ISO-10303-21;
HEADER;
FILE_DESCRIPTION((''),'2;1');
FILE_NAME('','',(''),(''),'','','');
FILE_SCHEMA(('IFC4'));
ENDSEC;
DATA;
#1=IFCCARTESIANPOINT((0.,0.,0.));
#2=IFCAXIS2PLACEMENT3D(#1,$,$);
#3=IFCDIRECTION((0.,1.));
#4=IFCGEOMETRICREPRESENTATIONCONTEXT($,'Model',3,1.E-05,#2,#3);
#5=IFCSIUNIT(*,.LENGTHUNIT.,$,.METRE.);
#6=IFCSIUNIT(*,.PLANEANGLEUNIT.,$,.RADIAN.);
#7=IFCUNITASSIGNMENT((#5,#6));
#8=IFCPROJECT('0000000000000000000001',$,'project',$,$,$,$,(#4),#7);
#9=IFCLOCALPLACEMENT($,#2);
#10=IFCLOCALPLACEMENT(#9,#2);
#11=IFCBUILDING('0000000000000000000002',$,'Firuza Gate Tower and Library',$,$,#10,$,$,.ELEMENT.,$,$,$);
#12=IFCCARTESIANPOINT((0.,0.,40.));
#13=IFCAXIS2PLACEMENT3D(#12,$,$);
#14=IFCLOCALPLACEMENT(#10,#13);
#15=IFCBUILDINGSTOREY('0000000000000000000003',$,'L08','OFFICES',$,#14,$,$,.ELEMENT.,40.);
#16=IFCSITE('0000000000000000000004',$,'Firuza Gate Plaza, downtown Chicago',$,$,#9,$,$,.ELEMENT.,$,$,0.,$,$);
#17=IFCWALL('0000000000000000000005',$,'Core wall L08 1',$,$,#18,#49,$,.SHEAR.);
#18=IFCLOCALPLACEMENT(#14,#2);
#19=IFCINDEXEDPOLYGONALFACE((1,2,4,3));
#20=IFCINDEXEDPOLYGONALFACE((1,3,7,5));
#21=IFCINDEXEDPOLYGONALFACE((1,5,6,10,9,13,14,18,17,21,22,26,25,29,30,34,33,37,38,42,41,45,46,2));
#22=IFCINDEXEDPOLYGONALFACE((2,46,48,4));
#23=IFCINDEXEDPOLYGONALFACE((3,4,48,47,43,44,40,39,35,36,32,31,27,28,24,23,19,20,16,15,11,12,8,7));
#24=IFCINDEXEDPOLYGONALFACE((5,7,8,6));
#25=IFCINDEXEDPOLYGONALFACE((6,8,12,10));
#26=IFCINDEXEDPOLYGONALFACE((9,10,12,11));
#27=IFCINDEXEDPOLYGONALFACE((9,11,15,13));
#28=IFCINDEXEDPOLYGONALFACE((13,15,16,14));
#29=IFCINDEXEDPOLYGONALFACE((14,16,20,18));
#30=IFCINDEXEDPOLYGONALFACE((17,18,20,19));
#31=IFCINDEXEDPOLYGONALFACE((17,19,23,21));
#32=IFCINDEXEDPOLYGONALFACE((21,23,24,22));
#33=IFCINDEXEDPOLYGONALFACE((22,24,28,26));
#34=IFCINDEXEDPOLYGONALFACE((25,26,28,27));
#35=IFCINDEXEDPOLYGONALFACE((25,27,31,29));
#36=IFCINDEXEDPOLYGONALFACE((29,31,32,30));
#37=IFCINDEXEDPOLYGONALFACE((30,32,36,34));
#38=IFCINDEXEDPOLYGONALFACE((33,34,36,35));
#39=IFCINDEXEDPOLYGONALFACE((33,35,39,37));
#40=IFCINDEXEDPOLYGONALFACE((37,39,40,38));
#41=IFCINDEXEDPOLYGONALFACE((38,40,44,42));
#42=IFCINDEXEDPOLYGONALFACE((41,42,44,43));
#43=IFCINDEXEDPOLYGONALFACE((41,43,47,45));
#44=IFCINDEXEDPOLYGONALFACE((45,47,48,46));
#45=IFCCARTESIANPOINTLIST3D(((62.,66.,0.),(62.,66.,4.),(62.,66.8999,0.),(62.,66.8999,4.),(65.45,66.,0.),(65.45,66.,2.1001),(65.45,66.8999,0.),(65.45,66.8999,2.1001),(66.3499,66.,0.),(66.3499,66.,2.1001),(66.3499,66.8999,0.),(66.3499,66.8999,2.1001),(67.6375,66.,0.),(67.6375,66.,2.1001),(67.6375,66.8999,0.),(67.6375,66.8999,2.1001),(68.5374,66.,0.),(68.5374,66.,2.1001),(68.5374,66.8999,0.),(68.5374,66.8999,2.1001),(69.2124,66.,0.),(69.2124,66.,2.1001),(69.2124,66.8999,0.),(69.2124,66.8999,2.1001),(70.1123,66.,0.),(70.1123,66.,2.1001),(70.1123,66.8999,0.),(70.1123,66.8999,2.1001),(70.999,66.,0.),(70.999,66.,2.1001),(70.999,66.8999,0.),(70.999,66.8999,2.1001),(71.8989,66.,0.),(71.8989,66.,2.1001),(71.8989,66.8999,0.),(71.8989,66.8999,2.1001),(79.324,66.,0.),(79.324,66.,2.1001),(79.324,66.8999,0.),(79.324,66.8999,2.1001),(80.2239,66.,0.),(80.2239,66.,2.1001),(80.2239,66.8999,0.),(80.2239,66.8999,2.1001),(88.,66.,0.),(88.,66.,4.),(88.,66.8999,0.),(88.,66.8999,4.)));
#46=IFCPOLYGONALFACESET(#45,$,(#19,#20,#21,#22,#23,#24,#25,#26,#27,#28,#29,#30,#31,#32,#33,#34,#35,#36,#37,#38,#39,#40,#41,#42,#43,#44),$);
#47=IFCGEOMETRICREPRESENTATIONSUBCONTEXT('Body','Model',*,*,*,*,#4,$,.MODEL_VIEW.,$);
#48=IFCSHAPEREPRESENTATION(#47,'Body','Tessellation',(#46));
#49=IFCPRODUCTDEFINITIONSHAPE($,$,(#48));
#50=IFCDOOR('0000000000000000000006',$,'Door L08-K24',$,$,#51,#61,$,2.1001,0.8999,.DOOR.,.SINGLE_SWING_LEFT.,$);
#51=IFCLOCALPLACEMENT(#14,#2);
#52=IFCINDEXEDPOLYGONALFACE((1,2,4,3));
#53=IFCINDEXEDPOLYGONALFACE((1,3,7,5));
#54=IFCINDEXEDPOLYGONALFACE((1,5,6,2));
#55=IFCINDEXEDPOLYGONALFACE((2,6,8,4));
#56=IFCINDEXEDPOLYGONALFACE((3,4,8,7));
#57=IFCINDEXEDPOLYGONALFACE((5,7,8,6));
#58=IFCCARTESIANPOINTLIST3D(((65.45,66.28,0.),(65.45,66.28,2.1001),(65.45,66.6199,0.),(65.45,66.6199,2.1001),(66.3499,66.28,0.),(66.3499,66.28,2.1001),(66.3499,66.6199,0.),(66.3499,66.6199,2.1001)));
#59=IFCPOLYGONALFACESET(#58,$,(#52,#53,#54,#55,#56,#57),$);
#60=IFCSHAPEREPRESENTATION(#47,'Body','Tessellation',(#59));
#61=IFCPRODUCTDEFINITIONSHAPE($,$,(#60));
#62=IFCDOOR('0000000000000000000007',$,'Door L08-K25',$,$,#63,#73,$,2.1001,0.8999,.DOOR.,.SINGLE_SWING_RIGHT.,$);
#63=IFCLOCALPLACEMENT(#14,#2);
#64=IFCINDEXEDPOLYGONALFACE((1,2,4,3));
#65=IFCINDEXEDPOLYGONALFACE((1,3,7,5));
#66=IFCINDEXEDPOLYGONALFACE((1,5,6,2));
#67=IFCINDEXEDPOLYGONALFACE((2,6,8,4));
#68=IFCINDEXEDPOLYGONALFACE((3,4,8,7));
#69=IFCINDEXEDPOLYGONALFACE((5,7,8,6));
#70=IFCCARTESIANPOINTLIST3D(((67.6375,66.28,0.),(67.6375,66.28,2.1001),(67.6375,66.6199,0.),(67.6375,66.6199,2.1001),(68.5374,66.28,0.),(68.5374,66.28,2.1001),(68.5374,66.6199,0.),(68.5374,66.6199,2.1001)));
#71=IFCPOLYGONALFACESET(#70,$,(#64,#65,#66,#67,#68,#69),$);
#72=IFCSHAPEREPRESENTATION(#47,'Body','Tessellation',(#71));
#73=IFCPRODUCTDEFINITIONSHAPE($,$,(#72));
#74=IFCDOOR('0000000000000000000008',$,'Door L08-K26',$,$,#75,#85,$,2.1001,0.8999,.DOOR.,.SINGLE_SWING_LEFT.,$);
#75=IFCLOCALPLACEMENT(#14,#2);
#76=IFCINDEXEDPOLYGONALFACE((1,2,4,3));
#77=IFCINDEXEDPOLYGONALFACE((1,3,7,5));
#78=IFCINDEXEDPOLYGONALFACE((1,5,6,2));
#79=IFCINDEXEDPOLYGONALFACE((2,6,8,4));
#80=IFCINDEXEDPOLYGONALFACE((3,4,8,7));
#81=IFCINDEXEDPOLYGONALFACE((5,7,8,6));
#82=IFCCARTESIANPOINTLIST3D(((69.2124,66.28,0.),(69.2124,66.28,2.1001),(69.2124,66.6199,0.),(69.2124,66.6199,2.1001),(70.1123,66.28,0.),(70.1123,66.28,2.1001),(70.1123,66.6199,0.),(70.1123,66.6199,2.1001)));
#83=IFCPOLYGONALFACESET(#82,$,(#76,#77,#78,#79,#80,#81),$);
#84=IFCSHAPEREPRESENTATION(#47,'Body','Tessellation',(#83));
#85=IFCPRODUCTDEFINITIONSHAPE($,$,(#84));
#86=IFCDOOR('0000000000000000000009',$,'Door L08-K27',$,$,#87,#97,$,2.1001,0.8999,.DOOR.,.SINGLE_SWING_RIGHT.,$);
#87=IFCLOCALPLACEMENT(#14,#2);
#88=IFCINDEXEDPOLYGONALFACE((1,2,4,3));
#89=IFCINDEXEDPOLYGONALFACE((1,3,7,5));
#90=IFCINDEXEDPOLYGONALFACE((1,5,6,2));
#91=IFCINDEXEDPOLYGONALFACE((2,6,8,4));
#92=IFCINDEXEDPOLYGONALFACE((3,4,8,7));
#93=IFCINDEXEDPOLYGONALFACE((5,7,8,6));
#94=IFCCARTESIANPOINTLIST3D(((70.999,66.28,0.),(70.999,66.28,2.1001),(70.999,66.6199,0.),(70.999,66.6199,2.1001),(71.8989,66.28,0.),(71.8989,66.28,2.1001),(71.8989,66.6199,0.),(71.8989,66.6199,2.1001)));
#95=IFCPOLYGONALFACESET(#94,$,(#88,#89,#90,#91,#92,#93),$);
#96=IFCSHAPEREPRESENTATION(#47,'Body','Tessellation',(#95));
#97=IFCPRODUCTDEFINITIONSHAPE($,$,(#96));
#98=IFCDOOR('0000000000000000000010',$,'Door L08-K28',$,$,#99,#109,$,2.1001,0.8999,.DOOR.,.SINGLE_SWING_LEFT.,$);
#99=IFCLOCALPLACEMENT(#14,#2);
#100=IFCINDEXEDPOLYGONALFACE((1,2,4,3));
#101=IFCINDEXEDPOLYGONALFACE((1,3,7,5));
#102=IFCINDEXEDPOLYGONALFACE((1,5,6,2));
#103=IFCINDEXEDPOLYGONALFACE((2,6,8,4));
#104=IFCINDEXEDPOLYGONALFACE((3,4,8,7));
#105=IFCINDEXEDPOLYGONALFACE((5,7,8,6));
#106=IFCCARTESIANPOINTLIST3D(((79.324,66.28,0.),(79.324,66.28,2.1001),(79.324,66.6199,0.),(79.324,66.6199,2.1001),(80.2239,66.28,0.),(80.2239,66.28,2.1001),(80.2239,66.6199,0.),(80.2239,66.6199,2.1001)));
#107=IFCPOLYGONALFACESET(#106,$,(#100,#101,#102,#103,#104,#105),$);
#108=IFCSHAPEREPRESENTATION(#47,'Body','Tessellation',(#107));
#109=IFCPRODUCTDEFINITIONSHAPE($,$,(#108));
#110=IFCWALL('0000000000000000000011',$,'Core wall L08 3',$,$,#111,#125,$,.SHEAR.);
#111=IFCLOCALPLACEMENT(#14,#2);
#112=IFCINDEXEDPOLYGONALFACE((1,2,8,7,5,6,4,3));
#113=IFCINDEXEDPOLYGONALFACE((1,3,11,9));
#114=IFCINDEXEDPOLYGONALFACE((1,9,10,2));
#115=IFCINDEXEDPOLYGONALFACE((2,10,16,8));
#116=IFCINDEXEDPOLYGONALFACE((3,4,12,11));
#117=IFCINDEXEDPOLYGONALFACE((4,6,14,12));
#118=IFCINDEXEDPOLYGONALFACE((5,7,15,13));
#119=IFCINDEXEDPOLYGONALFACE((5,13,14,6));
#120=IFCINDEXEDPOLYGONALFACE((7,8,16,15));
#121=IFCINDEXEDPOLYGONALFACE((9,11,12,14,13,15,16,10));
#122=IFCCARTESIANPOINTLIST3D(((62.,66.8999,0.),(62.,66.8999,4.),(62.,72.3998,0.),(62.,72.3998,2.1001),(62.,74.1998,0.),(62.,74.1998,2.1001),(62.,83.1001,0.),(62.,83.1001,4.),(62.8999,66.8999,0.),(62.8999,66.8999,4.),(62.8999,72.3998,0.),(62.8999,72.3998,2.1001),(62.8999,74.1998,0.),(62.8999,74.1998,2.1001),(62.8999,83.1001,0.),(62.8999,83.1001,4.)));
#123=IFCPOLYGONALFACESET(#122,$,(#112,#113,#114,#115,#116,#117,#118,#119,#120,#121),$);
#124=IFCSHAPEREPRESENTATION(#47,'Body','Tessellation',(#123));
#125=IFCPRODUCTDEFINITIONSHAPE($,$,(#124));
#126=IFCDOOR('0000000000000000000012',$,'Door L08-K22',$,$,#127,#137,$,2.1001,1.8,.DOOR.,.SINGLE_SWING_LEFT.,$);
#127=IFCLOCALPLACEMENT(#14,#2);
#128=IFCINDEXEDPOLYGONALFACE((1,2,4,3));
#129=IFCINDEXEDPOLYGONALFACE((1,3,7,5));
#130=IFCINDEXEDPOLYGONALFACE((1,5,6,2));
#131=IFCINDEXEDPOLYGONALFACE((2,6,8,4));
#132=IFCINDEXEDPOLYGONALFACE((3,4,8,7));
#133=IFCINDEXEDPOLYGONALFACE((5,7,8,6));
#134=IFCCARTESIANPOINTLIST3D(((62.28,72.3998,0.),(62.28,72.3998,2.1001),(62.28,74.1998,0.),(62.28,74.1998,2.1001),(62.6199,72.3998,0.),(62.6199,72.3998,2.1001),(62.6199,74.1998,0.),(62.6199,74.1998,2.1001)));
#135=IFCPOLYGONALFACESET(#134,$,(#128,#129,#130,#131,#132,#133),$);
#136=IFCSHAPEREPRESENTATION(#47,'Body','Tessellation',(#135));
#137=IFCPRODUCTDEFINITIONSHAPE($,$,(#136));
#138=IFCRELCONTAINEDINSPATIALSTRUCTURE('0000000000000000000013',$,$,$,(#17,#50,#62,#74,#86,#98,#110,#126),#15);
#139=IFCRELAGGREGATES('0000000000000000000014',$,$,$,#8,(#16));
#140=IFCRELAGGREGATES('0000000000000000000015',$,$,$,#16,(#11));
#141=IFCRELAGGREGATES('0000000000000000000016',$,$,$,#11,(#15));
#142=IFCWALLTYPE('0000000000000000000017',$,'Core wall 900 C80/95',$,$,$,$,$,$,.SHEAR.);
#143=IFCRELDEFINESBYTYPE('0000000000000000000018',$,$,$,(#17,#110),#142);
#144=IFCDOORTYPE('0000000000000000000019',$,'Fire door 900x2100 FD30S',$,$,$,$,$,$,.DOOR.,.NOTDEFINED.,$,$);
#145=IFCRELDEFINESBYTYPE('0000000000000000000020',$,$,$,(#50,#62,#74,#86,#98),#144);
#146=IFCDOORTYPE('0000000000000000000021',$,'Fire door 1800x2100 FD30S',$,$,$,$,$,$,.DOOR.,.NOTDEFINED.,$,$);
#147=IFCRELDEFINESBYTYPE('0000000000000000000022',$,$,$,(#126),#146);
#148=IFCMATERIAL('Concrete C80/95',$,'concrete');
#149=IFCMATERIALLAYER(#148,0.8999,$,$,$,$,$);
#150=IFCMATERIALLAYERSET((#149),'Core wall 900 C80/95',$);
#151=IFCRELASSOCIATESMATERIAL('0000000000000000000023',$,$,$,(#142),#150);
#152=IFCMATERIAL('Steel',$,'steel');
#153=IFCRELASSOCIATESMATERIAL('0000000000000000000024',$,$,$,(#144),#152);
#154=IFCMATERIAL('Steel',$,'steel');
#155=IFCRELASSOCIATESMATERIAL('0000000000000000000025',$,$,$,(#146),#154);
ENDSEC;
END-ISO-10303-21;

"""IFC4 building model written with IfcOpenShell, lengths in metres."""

from ifc_helpers import new_model, si_unit, direction, frame, frame_2d, origin, place, context, subcontext, project, spatial, rectangle, extrude, material, layer, layer_set, type_object, element, fill, save


model = new_model("IFC4")

# Units and contexts
model_context = context("Model", 3, precision=1e-05, world=origin(), true_north=direction((0.0, 1.0)))
body_context = subcontext(model_context, "Body", "Model", "MODEL_VIEW")
ifc_project = project(units=[si_unit("LENGTHUNIT", "METRE"), si_unit("PLANEANGLEUNIT", "RADIAN")], contexts=[model_context])

# Site, building, storey
site_placement = place(None, origin())
site = spatial("IfcSite", under=ifc_project, at=site_placement, Name="Firuza Gate Plaza, downtown Chicago", CompositionType="ELEMENT", RefElevation=0.0)
building_placement = place(site_placement, origin())
building = spatial("IfcBuilding", under=site, at=building_placement, Name="Firuza Gate Tower and Library", CompositionType="ELEMENT")
storey_placement = place(building_placement, frame((0.0, 0.0, 40.0)))
storey = spatial("IfcBuildingStorey", under=building, at=storey_placement, Name="L08", Description="OFFICES", CompositionType="ELEMENT", Elevation=40.0)

# Wall, openings, doors
ifc_material_1 = material(Name="Concrete C80/95", Category="concrete")
ifc_layer_1 = layer(ifc_material_1, 0.8999)
ifc_layer_set_1 = layer_set([ifc_layer_1], Name="Core wall 900 C80/95")
wall_type_1 = type_object("IfcWallType", Name="Core wall 900 C80/95", PredefinedType="SHEAR", material=ifc_layer_set_1)
wall_1_placement = place(storey_placement, frame((62.0, 66.45, 0.0), z_axis=(0.0, 0.0, 1.0), x_axis=(1.0, 0.0, 0.0)))
wall_1 = element("IfcWall", 1, at=wall_1_placement, inside=storey, type_object=wall_type_1, Name="Core wall L08 1", PredefinedType="SHEAR", context=body_context, shape_type="SweptSolid", body=[
    extrude(rectangle(XDim=26.0, YDim=0.8999, at=frame_2d((13.0, 0.0))), origin(), (0.0, 0.0, 1.0), 4.0),
])
opening_1_placement = place(wall_1_placement, frame((3.45, 0.0, 0.0)))
opening_1 = element("IfcOpeningElement", 2, at=opening_1_placement, cuts=wall_1, PredefinedType="OPENING", context=body_context, shape_type="SweptSolid", body=[
    extrude(rectangle(XDim=0.8999, YDim=2.1001, at=frame_2d((0.45, 1.05))), frame((0.0, 0.46, 0.0), z_axis=(0.0, -1.0, 0.0), x_axis=(1.0, 0.0, 0.0)), (0.0, 0.0, 1.0), 0.9199),
])
opening_2_placement = place(wall_1_placement, frame((5.6375, 0.0, 0.0)))
opening_2 = element("IfcOpeningElement", 3, at=opening_2_placement, cuts=wall_1, PredefinedType="OPENING", context=body_context, shape_type="SweptSolid", body=[
    extrude(rectangle(XDim=0.8999, YDim=2.1001, at=frame_2d((0.45, 1.05))), frame((0.0, 0.46, 0.0), z_axis=(0.0, -1.0, 0.0), x_axis=(1.0, 0.0, 0.0)), (0.0, 0.0, 1.0), 0.9199),
])
opening_3_placement = place(wall_1_placement, frame((7.2124, 0.0, 0.0)))
opening_3 = element("IfcOpeningElement", 4, at=opening_3_placement, cuts=wall_1, PredefinedType="OPENING", context=body_context, shape_type="SweptSolid", body=[
    extrude(rectangle(XDim=0.8999, YDim=2.1001, at=frame_2d((0.45, 1.05))), frame((0.0, 0.46, 0.0), z_axis=(0.0, -1.0, 0.0), x_axis=(1.0, 0.0, 0.0)), (0.0, 0.0, 1.0), 0.9199),
])
opening_4_placement = place(wall_1_placement, frame((8.999, 0.0, 0.0)))
opening_4 = element("IfcOpeningElement", 5, at=opening_4_placement, cuts=wall_1, PredefinedType="OPENING", context=body_context, shape_type="SweptSolid", body=[
    extrude(rectangle(XDim=0.8999, YDim=2.1001, at=frame_2d((0.45, 1.05))), frame((0.0, 0.46, 0.0), z_axis=(0.0, -1.0, 0.0), x_axis=(1.0, 0.0, 0.0)), (0.0, 0.0, 1.0), 0.9199),
])
opening_5_placement = place(wall_1_placement, frame((17.324, 0.0, 0.0)))
opening_5 = element("IfcOpeningElement", 6, at=opening_5_placement, cuts=wall_1, PredefinedType="OPENING", context=body_context, shape_type="SweptSolid", body=[
    extrude(rectangle(XDim=0.8999, YDim=2.1001, at=frame_2d((0.45, 1.05))), frame((0.0, 0.46, 0.0), z_axis=(0.0, -1.0, 0.0), x_axis=(1.0, 0.0, 0.0)), (0.0, 0.0, 1.0), 0.9199),
])
ifc_material_2 = material(Name="Steel", Category="steel")
door_type_1 = type_object("IfcDoorType", Name="Fire door 900x2100 FD30S", OperationType="NOTDEFINED", PredefinedType="DOOR", material=ifc_material_2)
door_1_placement = place(opening_1_placement, origin())
door_1 = element("IfcDoor", 7, at=door_1_placement, inside=storey, type_object=door_type_1, Name="Door L08-K24", OperationType="SINGLE_SWING_LEFT", OverallHeight=2.1001, OverallWidth=0.8999, PredefinedType="DOOR", context=body_context, shape_type="SweptSolid", body=[
    extrude(rectangle(XDim=0.8999, YDim=2.1001, at=frame_2d((0.45, 1.05))), frame((0.0, 0.1699, 0.0), z_axis=(0.0, -1.0, 0.0), x_axis=(1.0, 0.0, 0.0)), (0.0, 0.0, 1.0), 0.3398),
])
fill(opening_1, door_1)
door_2_placement = place(opening_2_placement, origin())
door_2 = element("IfcDoor", 8, at=door_2_placement, inside=storey, type_object=door_type_1, Name="Door L08-K25", OperationType="SINGLE_SWING_RIGHT", OverallHeight=2.1001, OverallWidth=0.8999, PredefinedType="DOOR", context=body_context, shape_type="SweptSolid", body=[
    extrude(rectangle(XDim=0.8999, YDim=2.1001, at=frame_2d((0.45, 1.05))), frame((0.0, 0.1699, 0.0), z_axis=(0.0, -1.0, 0.0), x_axis=(1.0, 0.0, 0.0)), (0.0, 0.0, 1.0), 0.3398),
])
fill(opening_2, door_2)
door_3_placement = place(opening_3_placement, origin())
door_3 = element("IfcDoor", 9, at=door_3_placement, inside=storey, type_object=door_type_1, Name="Door L08-K26", OperationType="SINGLE_SWING_LEFT", OverallHeight=2.1001, OverallWidth=0.8999, PredefinedType="DOOR", context=body_context, shape_type="SweptSolid", body=[
    extrude(rectangle(XDim=0.8999, YDim=2.1001, at=frame_2d((0.45, 1.05))), frame((0.0, 0.1699, 0.0), z_axis=(0.0, -1.0, 0.0), x_axis=(1.0, 0.0, 0.0)), (0.0, 0.0, 1.0), 0.3398),
])
fill(opening_3, door_3)
door_4_placement = place(opening_4_placement, origin())
door_4 = element("IfcDoor", 10, at=door_4_placement, inside=storey, type_object=door_type_1, Name="Door L08-K27", OperationType="SINGLE_SWING_RIGHT", OverallHeight=2.1001, OverallWidth=0.8999, PredefinedType="DOOR", context=body_context, shape_type="SweptSolid", body=[
    extrude(rectangle(XDim=0.8999, YDim=2.1001, at=frame_2d((0.45, 1.05))), frame((0.0, 0.1699, 0.0), z_axis=(0.0, -1.0, 0.0), x_axis=(1.0, 0.0, 0.0)), (0.0, 0.0, 1.0), 0.3398),
])
fill(opening_4, door_4)
door_5_placement = place(opening_5_placement, origin())
door_5 = element("IfcDoor", 11, at=door_5_placement, inside=storey, type_object=door_type_1, Name="Door L08-K28", OperationType="SINGLE_SWING_LEFT", OverallHeight=2.1001, OverallWidth=0.8999, PredefinedType="DOOR", context=body_context, shape_type="SweptSolid", body=[
    extrude(rectangle(XDim=0.8999, YDim=2.1001, at=frame_2d((0.45, 1.05))), frame((0.0, 0.1699, 0.0), z_axis=(0.0, -1.0, 0.0), x_axis=(1.0, 0.0, 0.0)), (0.0, 0.0, 1.0), 0.3398),
])
fill(opening_5, door_5)

# Wall, opening, door
wall_2_placement = place(storey_placement, frame((62.45, 66.8999, 0.0), z_axis=(0.0, 0.0, 1.0), x_axis=(0.0, 1.0, 0.0)))
wall_2 = element("IfcWall", 12, at=wall_2_placement, inside=storey, type_object=wall_type_1, Name="Core wall L08 3", PredefinedType="SHEAR", context=body_context, shape_type="SweptSolid", body=[
    extrude(rectangle(XDim=16.2002, YDim=0.8999, at=frame_2d((8.1001, 0.0))), origin(), (0.0, 0.0, 1.0), 4.0),
])
opening_6_placement = place(wall_2_placement, frame((5.5, 0.0, 0.0)))
opening_6 = element("IfcOpeningElement", 13, at=opening_6_placement, cuts=wall_2, PredefinedType="OPENING", context=body_context, shape_type="SweptSolid", body=[
    extrude(rectangle(XDim=1.8, YDim=2.1001, at=frame_2d((0.8999, 1.05))), frame((0.0, 0.46, 0.0), z_axis=(0.0, -1.0, 0.0), x_axis=(1.0, 0.0, 0.0)), (0.0, 0.0, 1.0), 0.9199),
])
ifc_material_3 = material(Name="Steel", Category="steel")
door_type_2 = type_object("IfcDoorType", Name="Fire door 1800x2100 FD30S", OperationType="NOTDEFINED", PredefinedType="DOOR", material=ifc_material_3)
door_6_placement = place(opening_6_placement, origin())
door_6 = element("IfcDoor", 14, at=door_6_placement, inside=storey, type_object=door_type_2, Name="Door L08-K22", OperationType="SINGLE_SWING_LEFT", OverallHeight=2.1001, OverallWidth=1.8, PredefinedType="DOOR", context=body_context, shape_type="SweptSolid", body=[
    extrude(rectangle(XDim=1.8, YDim=2.1001, at=frame_2d((0.8999, 1.05))), frame((0.0, 0.1699, 0.0), z_axis=(0.0, -1.0, 0.0), x_axis=(1.0, 0.0, 0.0)), (0.0, 0.0, 1.0), 0.3398),
])
fill(opening_6, door_6)

save(model, "model.ifc")
